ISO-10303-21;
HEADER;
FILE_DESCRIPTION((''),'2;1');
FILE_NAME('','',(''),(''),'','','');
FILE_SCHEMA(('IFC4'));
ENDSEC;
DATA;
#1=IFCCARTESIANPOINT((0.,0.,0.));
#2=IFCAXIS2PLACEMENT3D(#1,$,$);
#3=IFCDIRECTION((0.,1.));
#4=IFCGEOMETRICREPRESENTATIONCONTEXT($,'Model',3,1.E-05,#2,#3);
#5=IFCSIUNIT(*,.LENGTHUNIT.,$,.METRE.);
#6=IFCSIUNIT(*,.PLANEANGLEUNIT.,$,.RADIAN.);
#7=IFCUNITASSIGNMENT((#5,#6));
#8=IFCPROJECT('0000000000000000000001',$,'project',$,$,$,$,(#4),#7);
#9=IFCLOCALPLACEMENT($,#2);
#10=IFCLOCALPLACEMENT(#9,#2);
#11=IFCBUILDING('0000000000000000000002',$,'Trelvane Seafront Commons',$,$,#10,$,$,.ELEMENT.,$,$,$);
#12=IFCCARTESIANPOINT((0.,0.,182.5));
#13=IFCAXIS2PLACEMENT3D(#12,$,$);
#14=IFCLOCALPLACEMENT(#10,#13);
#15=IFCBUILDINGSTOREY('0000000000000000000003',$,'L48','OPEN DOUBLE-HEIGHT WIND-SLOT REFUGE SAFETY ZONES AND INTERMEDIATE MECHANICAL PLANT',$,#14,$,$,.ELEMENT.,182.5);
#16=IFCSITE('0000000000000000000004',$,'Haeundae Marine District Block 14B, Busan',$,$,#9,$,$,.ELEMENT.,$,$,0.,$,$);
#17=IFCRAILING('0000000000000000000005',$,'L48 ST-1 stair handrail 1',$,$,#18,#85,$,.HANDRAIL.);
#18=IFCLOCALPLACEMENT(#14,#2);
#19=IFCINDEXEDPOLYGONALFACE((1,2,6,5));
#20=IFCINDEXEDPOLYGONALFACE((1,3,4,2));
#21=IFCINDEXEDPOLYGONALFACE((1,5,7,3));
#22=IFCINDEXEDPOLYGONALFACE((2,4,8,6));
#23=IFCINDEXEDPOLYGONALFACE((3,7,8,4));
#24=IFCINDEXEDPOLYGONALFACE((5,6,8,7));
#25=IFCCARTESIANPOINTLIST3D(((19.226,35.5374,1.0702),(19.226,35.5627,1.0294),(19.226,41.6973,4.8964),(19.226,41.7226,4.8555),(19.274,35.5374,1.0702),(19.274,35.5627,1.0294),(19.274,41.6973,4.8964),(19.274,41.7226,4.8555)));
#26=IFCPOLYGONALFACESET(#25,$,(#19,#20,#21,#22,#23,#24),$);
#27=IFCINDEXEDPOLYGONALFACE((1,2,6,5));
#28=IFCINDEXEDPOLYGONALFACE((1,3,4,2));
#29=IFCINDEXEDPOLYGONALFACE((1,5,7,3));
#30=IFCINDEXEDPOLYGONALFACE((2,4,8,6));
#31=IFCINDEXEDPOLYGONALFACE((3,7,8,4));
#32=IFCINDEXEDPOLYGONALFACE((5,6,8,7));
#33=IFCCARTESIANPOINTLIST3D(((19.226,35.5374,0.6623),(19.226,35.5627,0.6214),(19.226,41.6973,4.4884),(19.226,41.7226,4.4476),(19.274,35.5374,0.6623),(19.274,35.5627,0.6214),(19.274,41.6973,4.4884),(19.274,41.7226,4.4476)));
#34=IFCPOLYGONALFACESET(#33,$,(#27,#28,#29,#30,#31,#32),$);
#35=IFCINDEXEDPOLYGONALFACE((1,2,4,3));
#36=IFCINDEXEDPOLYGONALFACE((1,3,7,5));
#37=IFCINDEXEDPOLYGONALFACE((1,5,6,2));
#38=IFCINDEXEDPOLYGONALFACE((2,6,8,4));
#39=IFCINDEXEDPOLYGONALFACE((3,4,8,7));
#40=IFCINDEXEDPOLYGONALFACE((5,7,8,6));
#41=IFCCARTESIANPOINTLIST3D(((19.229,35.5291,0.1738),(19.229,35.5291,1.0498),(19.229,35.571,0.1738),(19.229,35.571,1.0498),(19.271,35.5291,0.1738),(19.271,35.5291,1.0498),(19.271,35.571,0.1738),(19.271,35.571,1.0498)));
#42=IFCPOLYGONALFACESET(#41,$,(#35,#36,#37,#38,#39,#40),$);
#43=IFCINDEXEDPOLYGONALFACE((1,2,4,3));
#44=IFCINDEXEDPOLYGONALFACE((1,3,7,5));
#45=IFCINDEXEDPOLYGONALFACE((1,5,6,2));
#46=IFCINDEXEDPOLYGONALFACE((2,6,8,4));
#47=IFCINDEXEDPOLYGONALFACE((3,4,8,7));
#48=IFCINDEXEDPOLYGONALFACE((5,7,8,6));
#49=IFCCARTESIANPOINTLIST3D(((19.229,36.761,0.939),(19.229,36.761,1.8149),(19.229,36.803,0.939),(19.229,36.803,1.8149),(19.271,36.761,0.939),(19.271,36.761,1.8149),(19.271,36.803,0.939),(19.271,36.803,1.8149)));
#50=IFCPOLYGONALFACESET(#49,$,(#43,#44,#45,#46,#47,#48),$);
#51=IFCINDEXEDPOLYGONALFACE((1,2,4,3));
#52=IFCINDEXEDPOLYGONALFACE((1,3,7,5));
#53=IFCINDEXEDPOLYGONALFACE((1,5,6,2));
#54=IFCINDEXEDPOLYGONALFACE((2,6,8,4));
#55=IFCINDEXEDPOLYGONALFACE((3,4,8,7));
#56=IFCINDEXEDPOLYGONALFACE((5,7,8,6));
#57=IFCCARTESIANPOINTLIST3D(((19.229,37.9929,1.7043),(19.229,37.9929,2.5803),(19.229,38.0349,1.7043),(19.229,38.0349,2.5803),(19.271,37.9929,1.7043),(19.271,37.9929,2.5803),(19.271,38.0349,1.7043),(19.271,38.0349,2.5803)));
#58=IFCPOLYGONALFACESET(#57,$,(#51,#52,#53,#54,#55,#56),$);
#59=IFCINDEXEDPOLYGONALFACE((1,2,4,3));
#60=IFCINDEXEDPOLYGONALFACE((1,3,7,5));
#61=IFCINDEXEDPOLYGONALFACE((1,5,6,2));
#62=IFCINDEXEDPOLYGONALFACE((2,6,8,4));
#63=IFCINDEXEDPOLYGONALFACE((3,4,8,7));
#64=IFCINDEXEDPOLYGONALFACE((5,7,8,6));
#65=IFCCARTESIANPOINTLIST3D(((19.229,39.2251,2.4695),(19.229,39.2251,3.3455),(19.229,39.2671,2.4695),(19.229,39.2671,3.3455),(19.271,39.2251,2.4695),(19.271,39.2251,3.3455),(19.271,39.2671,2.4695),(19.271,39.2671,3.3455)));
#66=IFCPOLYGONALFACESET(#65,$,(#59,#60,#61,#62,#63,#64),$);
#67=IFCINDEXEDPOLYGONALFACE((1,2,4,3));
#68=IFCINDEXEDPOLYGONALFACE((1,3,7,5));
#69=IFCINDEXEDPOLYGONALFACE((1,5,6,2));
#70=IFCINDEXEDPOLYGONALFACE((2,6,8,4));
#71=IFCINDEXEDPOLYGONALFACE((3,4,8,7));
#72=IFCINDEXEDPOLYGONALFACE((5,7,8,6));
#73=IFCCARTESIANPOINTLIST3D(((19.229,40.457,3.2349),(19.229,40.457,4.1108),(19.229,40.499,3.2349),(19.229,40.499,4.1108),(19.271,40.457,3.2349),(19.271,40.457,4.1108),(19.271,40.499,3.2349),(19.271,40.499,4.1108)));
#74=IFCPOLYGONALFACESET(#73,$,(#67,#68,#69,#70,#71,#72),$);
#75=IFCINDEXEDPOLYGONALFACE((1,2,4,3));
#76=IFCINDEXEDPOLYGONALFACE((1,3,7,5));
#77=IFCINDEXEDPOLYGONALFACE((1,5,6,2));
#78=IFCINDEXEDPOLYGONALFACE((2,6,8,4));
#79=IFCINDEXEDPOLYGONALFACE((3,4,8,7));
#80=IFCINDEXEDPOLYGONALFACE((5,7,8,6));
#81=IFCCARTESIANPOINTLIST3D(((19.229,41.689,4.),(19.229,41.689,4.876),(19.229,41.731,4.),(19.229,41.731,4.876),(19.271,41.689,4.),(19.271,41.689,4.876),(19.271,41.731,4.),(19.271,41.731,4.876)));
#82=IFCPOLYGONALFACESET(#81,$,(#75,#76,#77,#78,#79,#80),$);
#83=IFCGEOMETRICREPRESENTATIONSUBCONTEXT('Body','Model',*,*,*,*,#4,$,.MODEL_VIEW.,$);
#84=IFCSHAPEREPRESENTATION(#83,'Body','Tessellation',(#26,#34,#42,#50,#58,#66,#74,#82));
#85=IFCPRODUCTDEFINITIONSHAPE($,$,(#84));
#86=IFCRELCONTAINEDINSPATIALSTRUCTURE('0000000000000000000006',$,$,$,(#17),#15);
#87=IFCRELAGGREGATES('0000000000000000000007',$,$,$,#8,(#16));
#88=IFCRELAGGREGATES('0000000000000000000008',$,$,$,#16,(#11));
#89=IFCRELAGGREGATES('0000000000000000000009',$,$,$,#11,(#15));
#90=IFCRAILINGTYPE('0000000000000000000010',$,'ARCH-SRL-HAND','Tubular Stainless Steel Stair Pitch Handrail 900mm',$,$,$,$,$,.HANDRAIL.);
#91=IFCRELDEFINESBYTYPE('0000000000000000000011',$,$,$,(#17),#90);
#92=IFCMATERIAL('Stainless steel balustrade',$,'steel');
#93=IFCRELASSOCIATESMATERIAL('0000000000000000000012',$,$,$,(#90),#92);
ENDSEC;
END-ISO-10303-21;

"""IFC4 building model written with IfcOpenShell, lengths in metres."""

from ifc_helpers import new_model, si_unit, direction, frame, origin, origin_2d, place, context, subcontext, project, spatial, rectangle, extrude, material, type_object, element, save


model = new_model("IFC4")

# Units and contexts
model_context = context("Model", 3, precision=1e-05, world=origin(), true_north=direction((0.0, 1.0)))
body_context = subcontext(model_context, "Body", "Model", "MODEL_VIEW")
ifc_project = project(units=[si_unit("LENGTHUNIT", "METRE"), si_unit("PLANEANGLEUNIT", "RADIAN")], contexts=[model_context])

# Site, building, storey
site_placement = place(None, origin())
site = spatial("IfcSite", under=ifc_project, at=site_placement, Name="Haeundae Marine District Block 14B, Busan", CompositionType="ELEMENT", RefElevation=0.0)
building_placement = place(site_placement, origin())
building = spatial("IfcBuilding", under=site, at=building_placement, Name="Trelvane Seafront Commons", CompositionType="ELEMENT")
storey_placement = place(building_placement, frame((0.0, 0.0, 182.5)))
storey = spatial("IfcBuildingStorey", under=building, at=storey_placement, Name="L48", Description="OPEN DOUBLE-HEIGHT WIND-SLOT REFUGE SAFETY ZONES AND INTERMEDIATE MECHANICAL PLANT", CompositionType="ELEMENT", Elevation=182.5)

# Shared definitions
ifc_material_1 = material(Name="Stainless steel balustrade", Category="steel")

# Railing
railing_type_1 = type_object("IfcRailingType", Name="ARCH-SRL-HAND", Description="Tubular Stainless Steel Stair Pitch Handrail 900mm", PredefinedType="HANDRAIL", material=ifc_material_1)
railing_1_placement = place(storey_placement, frame((19.25, 35.55, 0.1738)))
element("IfcRailing", 1, at=railing_1_placement, inside=storey, type_object=railing_type_1, Name="L48 ST-1 stair handrail 1", PredefinedType="HANDRAIL", context=body_context, shape_type="SweptSolid", body=[
    extrude(rectangle(XDim=0.0481, YDim=0.0481, at=origin_2d()), frame((0.0, 0.0, 0.876), z_axis=(0.0, 0.849468, 0.527639), x_axis=(-1.0, 0.0, 0.0)), (0.0, 0.0, 1.0), 7.2515),
    extrude(rectangle(XDim=0.0481, YDim=0.0481, at=origin_2d()), frame((0.0, 0.0, 0.468), z_axis=(0.0, 0.849468, 0.527639), x_axis=(-1.0, 0.0, 0.0)), (0.0, 0.0, 1.0), 7.2515),
    extrude(rectangle(XDim=0.042, YDim=0.042, at=origin_2d()), origin(), (0.0, 0.0, 1.0), 0.876),
    extrude(rectangle(XDim=0.042, YDim=0.042, at=origin_2d()), frame((0.0, 1.2319, 0.7651)), (0.0, 0.0, 1.0), 0.876),
    extrude(rectangle(XDim=0.042, YDim=0.042, at=origin_2d()), frame((0.0, 2.4639, 1.5305)), (0.0, 0.0, 1.0), 0.876),
    extrude(rectangle(XDim=0.042, YDim=0.042, at=origin_2d()), frame((0.0, 3.696, 2.2957)), (0.0, 0.0, 1.0), 0.876),
    extrude(rectangle(XDim=0.042, YDim=0.042, at=origin_2d()), frame((0.0, 4.928, 3.061)), (0.0, 0.0, 1.0), 0.876),
    extrude(rectangle(XDim=0.042, YDim=0.042, at=origin_2d()), frame((0.0, 6.1599, 3.8262)), (0.0, 0.0, 1.0), 0.876),
])

save(model, "model.ifc")
